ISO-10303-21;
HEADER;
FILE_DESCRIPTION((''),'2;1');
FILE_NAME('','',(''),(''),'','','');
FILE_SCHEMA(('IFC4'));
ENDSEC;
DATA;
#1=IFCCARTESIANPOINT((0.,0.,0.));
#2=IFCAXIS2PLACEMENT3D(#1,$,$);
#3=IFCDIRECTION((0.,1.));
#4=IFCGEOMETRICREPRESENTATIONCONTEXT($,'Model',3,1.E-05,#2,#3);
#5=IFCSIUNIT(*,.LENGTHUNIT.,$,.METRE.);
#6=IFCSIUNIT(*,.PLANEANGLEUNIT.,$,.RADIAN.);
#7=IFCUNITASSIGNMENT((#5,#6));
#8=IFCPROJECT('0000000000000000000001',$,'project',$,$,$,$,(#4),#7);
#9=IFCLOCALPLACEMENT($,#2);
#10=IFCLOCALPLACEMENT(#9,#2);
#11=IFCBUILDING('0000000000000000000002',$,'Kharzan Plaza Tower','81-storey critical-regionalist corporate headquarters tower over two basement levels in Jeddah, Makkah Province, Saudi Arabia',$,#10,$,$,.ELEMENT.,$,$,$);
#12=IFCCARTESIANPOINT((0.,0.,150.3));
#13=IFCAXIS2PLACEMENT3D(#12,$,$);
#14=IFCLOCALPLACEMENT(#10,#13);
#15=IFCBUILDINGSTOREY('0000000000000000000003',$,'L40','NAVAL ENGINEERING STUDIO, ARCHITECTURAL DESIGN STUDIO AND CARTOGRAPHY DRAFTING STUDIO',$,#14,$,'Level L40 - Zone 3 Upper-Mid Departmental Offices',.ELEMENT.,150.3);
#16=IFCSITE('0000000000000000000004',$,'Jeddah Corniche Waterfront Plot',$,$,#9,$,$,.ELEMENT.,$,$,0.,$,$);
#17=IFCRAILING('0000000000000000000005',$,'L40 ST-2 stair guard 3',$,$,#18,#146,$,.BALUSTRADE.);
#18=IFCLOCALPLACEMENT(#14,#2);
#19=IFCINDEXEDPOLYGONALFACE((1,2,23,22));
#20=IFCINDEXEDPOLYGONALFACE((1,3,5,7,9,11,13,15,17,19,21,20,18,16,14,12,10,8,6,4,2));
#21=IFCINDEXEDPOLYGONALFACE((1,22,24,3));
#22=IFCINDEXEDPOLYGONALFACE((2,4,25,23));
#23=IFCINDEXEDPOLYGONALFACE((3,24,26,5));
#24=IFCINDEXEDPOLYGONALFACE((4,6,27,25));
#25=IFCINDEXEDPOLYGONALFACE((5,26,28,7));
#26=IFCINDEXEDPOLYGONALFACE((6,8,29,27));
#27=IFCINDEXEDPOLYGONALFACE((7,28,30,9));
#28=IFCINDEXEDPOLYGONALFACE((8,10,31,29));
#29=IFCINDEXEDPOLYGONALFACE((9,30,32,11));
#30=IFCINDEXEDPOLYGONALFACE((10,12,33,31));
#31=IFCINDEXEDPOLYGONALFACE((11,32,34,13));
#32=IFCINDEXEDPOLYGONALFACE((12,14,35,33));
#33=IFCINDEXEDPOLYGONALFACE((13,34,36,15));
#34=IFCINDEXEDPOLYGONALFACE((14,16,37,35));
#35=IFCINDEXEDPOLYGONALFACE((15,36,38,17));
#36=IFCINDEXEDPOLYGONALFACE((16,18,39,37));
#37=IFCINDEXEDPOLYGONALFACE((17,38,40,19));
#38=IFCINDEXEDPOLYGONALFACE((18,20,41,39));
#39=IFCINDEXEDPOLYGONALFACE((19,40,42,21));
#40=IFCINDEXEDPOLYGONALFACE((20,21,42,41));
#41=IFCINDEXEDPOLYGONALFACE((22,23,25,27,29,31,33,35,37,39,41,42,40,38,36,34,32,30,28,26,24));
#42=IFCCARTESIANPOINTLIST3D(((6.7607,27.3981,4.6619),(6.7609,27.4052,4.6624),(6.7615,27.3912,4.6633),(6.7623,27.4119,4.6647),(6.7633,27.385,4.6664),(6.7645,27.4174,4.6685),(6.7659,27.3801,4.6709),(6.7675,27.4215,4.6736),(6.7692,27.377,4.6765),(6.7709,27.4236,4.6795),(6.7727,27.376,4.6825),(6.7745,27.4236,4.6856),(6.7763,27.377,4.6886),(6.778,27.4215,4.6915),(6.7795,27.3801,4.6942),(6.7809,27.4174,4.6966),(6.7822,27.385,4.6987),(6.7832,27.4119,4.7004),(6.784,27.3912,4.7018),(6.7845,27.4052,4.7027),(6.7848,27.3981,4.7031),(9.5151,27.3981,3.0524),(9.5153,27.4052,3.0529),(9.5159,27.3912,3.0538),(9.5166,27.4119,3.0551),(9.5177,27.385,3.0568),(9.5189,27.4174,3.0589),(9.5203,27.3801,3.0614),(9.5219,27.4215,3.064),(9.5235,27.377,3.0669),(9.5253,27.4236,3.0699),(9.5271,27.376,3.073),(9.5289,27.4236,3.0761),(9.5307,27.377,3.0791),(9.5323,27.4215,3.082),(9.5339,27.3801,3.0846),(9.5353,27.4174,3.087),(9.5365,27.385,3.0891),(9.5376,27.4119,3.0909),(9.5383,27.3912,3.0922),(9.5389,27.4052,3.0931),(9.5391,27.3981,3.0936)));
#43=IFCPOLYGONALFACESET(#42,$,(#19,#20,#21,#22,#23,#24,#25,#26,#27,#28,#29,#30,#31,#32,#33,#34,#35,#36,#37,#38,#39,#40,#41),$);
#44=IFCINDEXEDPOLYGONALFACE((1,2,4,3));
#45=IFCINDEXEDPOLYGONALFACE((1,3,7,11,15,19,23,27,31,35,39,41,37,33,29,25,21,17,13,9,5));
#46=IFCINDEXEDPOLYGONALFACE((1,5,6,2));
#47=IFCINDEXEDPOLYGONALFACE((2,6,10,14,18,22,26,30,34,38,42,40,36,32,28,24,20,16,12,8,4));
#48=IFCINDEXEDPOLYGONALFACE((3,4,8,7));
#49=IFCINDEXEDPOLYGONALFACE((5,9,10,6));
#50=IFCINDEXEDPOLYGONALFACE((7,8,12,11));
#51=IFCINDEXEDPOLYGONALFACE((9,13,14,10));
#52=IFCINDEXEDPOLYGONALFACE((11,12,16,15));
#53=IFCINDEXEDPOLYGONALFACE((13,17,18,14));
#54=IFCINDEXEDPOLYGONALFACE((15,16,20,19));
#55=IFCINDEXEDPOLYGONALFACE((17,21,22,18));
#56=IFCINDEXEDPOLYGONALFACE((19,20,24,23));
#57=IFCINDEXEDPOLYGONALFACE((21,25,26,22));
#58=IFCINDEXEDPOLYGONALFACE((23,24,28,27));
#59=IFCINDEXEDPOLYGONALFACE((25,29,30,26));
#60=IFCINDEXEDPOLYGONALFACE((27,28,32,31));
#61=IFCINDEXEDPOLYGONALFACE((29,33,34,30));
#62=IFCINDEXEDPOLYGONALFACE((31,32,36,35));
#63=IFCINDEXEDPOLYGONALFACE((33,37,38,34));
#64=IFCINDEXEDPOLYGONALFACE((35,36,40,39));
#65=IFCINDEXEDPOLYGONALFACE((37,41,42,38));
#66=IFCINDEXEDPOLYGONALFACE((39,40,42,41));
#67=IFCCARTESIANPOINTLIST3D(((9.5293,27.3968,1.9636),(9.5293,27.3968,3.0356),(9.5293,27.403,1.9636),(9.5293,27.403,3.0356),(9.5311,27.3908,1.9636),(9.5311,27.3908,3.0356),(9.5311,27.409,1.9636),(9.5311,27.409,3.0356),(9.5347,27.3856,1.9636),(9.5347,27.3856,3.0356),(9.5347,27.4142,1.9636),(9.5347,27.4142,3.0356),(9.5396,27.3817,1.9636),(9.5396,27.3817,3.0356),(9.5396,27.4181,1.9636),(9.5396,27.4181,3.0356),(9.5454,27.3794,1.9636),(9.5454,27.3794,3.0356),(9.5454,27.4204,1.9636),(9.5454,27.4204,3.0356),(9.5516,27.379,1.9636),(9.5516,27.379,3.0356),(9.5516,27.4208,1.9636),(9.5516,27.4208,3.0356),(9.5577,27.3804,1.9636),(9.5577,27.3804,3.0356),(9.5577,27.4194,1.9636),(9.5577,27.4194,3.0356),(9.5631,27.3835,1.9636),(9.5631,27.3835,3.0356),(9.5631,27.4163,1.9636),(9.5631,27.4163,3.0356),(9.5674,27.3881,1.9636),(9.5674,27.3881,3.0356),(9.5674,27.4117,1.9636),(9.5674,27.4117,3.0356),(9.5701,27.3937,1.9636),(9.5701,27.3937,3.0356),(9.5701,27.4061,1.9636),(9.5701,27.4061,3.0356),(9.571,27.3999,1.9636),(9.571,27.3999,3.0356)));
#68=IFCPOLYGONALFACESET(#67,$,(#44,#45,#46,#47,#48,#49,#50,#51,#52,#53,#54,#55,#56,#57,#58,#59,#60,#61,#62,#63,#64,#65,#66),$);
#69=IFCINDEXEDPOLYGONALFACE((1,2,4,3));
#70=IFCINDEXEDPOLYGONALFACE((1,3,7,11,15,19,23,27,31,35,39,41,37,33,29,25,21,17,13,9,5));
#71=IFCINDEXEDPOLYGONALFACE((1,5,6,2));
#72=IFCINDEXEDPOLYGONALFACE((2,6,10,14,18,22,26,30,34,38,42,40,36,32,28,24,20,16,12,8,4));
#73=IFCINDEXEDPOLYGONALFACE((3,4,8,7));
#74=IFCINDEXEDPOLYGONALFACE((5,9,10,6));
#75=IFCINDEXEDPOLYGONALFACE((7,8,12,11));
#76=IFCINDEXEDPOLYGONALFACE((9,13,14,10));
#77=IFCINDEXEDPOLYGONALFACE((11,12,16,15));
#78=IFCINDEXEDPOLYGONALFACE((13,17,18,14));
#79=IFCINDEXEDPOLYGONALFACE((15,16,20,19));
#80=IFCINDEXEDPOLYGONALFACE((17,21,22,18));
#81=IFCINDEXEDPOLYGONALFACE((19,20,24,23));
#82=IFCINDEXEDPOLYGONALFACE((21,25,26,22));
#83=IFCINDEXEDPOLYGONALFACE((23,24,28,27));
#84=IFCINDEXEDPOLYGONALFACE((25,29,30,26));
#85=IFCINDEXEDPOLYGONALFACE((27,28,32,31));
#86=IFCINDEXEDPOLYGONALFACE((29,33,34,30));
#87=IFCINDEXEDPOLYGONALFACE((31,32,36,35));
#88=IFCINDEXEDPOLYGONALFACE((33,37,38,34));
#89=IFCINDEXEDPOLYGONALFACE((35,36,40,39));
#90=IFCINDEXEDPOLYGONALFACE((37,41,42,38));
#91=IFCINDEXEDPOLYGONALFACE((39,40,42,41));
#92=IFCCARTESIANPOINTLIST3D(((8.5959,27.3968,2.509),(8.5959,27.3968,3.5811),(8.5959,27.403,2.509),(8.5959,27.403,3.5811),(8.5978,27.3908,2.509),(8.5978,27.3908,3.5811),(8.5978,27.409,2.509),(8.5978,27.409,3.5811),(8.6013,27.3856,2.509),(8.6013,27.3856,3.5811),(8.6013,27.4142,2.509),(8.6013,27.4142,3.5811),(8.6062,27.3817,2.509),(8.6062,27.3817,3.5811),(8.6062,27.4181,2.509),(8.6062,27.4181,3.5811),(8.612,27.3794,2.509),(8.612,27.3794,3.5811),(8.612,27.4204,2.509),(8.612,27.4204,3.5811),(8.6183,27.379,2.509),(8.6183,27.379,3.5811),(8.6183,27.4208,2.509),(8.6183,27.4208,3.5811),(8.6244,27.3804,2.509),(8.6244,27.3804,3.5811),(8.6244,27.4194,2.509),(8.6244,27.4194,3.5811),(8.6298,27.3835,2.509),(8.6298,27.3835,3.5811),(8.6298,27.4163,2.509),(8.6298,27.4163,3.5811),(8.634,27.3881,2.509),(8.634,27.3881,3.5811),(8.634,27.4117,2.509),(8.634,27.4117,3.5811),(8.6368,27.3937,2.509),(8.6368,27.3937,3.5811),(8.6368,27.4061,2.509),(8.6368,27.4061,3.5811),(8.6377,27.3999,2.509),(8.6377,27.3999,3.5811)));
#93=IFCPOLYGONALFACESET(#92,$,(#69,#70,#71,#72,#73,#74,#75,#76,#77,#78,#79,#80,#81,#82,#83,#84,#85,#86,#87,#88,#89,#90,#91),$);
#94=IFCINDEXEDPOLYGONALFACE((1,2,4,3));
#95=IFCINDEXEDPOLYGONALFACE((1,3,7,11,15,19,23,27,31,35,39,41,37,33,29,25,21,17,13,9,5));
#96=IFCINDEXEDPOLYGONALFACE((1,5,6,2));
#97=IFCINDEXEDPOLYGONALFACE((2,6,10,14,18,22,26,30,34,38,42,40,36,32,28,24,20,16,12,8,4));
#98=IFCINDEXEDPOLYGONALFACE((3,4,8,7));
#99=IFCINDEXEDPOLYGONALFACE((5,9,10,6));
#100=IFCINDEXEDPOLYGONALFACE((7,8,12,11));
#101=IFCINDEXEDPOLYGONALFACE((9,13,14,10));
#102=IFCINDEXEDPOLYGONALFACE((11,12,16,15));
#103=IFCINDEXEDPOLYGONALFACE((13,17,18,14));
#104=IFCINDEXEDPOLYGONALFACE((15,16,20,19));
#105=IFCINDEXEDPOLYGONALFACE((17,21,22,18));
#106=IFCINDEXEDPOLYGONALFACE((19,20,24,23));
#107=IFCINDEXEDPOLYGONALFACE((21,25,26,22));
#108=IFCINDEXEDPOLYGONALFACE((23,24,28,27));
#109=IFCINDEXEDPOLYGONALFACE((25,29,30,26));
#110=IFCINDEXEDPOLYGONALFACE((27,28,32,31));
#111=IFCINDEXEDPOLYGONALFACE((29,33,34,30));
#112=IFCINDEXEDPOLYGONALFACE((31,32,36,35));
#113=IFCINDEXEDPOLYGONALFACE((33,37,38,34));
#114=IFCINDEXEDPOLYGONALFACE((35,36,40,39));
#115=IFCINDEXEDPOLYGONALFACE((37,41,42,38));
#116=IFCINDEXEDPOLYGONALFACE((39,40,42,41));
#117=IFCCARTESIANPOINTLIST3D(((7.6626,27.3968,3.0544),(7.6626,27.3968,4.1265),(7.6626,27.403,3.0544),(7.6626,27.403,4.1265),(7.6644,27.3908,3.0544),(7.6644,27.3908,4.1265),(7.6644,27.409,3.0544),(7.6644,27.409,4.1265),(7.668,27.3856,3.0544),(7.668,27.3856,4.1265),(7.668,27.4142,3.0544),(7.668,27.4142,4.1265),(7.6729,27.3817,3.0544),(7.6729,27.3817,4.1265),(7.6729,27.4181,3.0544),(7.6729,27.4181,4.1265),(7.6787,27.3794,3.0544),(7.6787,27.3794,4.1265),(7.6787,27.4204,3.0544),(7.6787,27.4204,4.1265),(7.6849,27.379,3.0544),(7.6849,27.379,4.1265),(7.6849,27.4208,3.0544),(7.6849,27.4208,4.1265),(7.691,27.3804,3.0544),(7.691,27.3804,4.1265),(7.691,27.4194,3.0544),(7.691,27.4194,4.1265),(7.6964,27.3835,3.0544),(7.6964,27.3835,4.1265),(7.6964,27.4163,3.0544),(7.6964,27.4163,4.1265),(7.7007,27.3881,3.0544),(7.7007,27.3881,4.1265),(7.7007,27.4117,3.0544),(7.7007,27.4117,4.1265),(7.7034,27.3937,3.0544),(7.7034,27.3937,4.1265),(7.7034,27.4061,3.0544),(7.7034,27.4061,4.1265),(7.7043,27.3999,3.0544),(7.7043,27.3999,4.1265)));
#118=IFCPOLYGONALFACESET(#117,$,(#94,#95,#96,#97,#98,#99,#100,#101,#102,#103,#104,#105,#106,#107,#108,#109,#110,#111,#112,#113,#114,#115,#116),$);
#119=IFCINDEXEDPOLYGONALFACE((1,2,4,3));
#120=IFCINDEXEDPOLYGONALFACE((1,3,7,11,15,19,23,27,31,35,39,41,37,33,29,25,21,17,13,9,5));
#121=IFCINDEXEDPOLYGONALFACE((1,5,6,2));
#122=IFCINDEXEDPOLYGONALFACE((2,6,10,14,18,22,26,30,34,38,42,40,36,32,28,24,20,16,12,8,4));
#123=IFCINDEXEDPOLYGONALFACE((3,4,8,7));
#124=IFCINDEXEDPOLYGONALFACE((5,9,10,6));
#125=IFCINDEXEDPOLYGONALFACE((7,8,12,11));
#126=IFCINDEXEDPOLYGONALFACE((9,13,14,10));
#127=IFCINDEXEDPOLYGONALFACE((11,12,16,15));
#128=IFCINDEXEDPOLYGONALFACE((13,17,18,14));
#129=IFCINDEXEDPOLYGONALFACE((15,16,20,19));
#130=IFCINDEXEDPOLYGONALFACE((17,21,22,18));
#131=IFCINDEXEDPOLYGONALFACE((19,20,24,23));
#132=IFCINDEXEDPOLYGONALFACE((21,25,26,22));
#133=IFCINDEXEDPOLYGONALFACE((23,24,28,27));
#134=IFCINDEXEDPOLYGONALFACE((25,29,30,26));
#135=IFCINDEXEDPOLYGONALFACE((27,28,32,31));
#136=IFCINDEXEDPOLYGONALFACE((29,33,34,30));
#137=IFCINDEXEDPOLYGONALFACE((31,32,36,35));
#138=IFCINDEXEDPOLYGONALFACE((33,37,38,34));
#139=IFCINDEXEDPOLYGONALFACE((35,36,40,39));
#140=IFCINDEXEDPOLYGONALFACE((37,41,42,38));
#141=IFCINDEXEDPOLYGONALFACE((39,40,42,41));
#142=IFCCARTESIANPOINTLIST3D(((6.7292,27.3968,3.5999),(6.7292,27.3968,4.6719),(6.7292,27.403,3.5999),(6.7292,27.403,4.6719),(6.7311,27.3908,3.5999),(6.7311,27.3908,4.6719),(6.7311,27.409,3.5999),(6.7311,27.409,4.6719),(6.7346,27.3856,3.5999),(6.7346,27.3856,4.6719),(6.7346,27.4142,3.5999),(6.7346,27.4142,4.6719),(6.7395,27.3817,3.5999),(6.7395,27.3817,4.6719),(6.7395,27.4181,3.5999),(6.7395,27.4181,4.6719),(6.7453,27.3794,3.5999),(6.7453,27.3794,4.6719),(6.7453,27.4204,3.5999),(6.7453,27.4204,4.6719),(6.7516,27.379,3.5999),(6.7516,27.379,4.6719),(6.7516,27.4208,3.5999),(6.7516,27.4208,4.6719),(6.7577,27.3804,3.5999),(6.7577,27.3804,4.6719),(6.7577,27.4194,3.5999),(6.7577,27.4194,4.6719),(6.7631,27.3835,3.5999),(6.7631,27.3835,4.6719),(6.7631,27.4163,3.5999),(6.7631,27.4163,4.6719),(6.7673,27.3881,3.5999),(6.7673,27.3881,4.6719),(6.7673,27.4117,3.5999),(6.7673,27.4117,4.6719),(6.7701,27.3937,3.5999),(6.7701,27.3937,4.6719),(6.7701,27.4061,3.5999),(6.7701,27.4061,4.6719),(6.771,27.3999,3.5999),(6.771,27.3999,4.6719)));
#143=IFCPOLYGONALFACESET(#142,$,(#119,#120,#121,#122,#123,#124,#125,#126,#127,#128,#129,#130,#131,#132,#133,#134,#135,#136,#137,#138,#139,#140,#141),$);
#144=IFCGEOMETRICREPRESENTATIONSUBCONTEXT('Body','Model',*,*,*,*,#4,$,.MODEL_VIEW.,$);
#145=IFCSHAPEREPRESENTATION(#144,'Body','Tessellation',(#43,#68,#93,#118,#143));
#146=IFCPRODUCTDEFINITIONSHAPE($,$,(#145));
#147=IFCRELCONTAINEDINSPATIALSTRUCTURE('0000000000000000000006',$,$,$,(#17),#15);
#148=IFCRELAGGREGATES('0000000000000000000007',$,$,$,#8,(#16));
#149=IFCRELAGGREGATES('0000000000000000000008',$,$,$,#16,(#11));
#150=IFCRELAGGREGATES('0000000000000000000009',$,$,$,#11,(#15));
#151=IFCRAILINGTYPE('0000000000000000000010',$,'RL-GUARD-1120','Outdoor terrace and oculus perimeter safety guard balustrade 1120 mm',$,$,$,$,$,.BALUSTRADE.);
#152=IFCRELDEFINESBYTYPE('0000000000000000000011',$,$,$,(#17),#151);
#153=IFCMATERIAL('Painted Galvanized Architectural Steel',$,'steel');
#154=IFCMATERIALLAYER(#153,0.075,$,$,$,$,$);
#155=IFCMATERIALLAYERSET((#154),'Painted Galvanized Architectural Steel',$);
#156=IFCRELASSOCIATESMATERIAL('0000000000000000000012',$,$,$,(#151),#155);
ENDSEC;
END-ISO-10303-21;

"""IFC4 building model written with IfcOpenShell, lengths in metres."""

from ifc_helpers import new_model, si_unit, direction, frame, origin, origin_2d, place, context, subcontext, project, spatial, circle, extrude, source, transform, mapped, material, layer, layer_set, type_object, element, save


model = new_model("IFC4")

# Units and contexts
model_context = context("Model", 3, precision=1e-05, world=origin(), true_north=direction((0.0, 1.0)))
body_context = subcontext(model_context, "Body", "Model", "MODEL_VIEW")
ifc_project = project(units=[si_unit("LENGTHUNIT", "METRE"), si_unit("PLANEANGLEUNIT", "RADIAN")], contexts=[model_context])

# Site, building, storey
site_placement = place(None, origin())
site = spatial("IfcSite", under=ifc_project, at=site_placement, Name="Jeddah Corniche Waterfront Plot", CompositionType="ELEMENT", RefElevation=0.0)
building_placement = place(site_placement, origin())
building = spatial("IfcBuilding", under=site, at=building_placement, Name="Kharzan Plaza Tower", Description="81-storey critical-regionalist corporate headquarters tower over two basement levels in Jeddah, Makkah Province, Saudi Arabia", CompositionType="ELEMENT")
storey_placement = place(building_placement, frame((0.0, 0.0, 150.3)))
storey = spatial("IfcBuildingStorey", under=building, at=storey_placement, Name="L40", Description="NAVAL ENGINEERING STUDIO, ARCHITECTURAL DESIGN STUDIO AND CARTOGRAPHY DRAFTING STUDIO", LongName="Level L40 - Zone 3 Upper-Mid Departmental Offices", CompositionType="ELEMENT", Elevation=150.3)

# Railing
ifc_material_1 = material(Name="Painted Galvanized Architectural Steel", Category="steel")
ifc_layer_1 = layer(ifc_material_1, 0.075)
ifc_layer_set_1 = layer_set([ifc_layer_1], Name="Painted Galvanized Architectural Steel")
railing_type_1 = type_object("IfcRailingType", Name="RL-GUARD-1120", Description="Outdoor terrace and oculus perimeter safety guard balustrade 1120 mm", PredefinedType="BALUSTRADE", material=ifc_layer_set_1)
shared_shape_1 = source(origin(), body_context, "Body", "SweptSolid", [
    extrude(circle(Radius=0.0239, at=origin_2d()), frame((-0.0229, 0.0, 1.1094), z_axis=(-0.863394, 0.0, 0.504531), x_axis=(0.0, -1.0, 0.0)), (0.0, 0.0, 1.0), 3.1902),
    extrude(circle(Radius=0.021, at=origin_2d()), origin(), (0.0, 0.0, 1.0), 1.072),
    extrude(circle(Radius=0.021, at=origin_2d()), frame((-0.9333, 0.0, 0.5454)), (0.0, 0.0, 1.0), 1.072),
    extrude(circle(Radius=0.021, at=origin_2d()), frame((-1.8667, 0.0, 1.0908)), (0.0, 0.0, 1.0), 1.072),
    extrude(circle(Radius=0.021, at=origin_2d()), frame((-2.8, 0.0, 1.6362)), (0.0, 0.0, 1.0), 1.072),
])
railing_1_placement = place(storey_placement, frame((9.55, 27.3999, 1.9636)))
element("IfcRailing", 1, at=railing_1_placement, inside=storey, type_object=railing_type_1, Name="L40 ST-2 stair guard 3", PredefinedType="BALUSTRADE", context=body_context, shape_type="MappedRepresentation", body=[
    mapped(shared_shape_1, transform((0.0, 0.0, 0.0), x_axis=(1.0, 0.0, 0.0), y_axis=(0.0, 1.0, 0.0), z_axis=(0.0, 0.0, 1.0))),
])

save(model, "model.ifc")
